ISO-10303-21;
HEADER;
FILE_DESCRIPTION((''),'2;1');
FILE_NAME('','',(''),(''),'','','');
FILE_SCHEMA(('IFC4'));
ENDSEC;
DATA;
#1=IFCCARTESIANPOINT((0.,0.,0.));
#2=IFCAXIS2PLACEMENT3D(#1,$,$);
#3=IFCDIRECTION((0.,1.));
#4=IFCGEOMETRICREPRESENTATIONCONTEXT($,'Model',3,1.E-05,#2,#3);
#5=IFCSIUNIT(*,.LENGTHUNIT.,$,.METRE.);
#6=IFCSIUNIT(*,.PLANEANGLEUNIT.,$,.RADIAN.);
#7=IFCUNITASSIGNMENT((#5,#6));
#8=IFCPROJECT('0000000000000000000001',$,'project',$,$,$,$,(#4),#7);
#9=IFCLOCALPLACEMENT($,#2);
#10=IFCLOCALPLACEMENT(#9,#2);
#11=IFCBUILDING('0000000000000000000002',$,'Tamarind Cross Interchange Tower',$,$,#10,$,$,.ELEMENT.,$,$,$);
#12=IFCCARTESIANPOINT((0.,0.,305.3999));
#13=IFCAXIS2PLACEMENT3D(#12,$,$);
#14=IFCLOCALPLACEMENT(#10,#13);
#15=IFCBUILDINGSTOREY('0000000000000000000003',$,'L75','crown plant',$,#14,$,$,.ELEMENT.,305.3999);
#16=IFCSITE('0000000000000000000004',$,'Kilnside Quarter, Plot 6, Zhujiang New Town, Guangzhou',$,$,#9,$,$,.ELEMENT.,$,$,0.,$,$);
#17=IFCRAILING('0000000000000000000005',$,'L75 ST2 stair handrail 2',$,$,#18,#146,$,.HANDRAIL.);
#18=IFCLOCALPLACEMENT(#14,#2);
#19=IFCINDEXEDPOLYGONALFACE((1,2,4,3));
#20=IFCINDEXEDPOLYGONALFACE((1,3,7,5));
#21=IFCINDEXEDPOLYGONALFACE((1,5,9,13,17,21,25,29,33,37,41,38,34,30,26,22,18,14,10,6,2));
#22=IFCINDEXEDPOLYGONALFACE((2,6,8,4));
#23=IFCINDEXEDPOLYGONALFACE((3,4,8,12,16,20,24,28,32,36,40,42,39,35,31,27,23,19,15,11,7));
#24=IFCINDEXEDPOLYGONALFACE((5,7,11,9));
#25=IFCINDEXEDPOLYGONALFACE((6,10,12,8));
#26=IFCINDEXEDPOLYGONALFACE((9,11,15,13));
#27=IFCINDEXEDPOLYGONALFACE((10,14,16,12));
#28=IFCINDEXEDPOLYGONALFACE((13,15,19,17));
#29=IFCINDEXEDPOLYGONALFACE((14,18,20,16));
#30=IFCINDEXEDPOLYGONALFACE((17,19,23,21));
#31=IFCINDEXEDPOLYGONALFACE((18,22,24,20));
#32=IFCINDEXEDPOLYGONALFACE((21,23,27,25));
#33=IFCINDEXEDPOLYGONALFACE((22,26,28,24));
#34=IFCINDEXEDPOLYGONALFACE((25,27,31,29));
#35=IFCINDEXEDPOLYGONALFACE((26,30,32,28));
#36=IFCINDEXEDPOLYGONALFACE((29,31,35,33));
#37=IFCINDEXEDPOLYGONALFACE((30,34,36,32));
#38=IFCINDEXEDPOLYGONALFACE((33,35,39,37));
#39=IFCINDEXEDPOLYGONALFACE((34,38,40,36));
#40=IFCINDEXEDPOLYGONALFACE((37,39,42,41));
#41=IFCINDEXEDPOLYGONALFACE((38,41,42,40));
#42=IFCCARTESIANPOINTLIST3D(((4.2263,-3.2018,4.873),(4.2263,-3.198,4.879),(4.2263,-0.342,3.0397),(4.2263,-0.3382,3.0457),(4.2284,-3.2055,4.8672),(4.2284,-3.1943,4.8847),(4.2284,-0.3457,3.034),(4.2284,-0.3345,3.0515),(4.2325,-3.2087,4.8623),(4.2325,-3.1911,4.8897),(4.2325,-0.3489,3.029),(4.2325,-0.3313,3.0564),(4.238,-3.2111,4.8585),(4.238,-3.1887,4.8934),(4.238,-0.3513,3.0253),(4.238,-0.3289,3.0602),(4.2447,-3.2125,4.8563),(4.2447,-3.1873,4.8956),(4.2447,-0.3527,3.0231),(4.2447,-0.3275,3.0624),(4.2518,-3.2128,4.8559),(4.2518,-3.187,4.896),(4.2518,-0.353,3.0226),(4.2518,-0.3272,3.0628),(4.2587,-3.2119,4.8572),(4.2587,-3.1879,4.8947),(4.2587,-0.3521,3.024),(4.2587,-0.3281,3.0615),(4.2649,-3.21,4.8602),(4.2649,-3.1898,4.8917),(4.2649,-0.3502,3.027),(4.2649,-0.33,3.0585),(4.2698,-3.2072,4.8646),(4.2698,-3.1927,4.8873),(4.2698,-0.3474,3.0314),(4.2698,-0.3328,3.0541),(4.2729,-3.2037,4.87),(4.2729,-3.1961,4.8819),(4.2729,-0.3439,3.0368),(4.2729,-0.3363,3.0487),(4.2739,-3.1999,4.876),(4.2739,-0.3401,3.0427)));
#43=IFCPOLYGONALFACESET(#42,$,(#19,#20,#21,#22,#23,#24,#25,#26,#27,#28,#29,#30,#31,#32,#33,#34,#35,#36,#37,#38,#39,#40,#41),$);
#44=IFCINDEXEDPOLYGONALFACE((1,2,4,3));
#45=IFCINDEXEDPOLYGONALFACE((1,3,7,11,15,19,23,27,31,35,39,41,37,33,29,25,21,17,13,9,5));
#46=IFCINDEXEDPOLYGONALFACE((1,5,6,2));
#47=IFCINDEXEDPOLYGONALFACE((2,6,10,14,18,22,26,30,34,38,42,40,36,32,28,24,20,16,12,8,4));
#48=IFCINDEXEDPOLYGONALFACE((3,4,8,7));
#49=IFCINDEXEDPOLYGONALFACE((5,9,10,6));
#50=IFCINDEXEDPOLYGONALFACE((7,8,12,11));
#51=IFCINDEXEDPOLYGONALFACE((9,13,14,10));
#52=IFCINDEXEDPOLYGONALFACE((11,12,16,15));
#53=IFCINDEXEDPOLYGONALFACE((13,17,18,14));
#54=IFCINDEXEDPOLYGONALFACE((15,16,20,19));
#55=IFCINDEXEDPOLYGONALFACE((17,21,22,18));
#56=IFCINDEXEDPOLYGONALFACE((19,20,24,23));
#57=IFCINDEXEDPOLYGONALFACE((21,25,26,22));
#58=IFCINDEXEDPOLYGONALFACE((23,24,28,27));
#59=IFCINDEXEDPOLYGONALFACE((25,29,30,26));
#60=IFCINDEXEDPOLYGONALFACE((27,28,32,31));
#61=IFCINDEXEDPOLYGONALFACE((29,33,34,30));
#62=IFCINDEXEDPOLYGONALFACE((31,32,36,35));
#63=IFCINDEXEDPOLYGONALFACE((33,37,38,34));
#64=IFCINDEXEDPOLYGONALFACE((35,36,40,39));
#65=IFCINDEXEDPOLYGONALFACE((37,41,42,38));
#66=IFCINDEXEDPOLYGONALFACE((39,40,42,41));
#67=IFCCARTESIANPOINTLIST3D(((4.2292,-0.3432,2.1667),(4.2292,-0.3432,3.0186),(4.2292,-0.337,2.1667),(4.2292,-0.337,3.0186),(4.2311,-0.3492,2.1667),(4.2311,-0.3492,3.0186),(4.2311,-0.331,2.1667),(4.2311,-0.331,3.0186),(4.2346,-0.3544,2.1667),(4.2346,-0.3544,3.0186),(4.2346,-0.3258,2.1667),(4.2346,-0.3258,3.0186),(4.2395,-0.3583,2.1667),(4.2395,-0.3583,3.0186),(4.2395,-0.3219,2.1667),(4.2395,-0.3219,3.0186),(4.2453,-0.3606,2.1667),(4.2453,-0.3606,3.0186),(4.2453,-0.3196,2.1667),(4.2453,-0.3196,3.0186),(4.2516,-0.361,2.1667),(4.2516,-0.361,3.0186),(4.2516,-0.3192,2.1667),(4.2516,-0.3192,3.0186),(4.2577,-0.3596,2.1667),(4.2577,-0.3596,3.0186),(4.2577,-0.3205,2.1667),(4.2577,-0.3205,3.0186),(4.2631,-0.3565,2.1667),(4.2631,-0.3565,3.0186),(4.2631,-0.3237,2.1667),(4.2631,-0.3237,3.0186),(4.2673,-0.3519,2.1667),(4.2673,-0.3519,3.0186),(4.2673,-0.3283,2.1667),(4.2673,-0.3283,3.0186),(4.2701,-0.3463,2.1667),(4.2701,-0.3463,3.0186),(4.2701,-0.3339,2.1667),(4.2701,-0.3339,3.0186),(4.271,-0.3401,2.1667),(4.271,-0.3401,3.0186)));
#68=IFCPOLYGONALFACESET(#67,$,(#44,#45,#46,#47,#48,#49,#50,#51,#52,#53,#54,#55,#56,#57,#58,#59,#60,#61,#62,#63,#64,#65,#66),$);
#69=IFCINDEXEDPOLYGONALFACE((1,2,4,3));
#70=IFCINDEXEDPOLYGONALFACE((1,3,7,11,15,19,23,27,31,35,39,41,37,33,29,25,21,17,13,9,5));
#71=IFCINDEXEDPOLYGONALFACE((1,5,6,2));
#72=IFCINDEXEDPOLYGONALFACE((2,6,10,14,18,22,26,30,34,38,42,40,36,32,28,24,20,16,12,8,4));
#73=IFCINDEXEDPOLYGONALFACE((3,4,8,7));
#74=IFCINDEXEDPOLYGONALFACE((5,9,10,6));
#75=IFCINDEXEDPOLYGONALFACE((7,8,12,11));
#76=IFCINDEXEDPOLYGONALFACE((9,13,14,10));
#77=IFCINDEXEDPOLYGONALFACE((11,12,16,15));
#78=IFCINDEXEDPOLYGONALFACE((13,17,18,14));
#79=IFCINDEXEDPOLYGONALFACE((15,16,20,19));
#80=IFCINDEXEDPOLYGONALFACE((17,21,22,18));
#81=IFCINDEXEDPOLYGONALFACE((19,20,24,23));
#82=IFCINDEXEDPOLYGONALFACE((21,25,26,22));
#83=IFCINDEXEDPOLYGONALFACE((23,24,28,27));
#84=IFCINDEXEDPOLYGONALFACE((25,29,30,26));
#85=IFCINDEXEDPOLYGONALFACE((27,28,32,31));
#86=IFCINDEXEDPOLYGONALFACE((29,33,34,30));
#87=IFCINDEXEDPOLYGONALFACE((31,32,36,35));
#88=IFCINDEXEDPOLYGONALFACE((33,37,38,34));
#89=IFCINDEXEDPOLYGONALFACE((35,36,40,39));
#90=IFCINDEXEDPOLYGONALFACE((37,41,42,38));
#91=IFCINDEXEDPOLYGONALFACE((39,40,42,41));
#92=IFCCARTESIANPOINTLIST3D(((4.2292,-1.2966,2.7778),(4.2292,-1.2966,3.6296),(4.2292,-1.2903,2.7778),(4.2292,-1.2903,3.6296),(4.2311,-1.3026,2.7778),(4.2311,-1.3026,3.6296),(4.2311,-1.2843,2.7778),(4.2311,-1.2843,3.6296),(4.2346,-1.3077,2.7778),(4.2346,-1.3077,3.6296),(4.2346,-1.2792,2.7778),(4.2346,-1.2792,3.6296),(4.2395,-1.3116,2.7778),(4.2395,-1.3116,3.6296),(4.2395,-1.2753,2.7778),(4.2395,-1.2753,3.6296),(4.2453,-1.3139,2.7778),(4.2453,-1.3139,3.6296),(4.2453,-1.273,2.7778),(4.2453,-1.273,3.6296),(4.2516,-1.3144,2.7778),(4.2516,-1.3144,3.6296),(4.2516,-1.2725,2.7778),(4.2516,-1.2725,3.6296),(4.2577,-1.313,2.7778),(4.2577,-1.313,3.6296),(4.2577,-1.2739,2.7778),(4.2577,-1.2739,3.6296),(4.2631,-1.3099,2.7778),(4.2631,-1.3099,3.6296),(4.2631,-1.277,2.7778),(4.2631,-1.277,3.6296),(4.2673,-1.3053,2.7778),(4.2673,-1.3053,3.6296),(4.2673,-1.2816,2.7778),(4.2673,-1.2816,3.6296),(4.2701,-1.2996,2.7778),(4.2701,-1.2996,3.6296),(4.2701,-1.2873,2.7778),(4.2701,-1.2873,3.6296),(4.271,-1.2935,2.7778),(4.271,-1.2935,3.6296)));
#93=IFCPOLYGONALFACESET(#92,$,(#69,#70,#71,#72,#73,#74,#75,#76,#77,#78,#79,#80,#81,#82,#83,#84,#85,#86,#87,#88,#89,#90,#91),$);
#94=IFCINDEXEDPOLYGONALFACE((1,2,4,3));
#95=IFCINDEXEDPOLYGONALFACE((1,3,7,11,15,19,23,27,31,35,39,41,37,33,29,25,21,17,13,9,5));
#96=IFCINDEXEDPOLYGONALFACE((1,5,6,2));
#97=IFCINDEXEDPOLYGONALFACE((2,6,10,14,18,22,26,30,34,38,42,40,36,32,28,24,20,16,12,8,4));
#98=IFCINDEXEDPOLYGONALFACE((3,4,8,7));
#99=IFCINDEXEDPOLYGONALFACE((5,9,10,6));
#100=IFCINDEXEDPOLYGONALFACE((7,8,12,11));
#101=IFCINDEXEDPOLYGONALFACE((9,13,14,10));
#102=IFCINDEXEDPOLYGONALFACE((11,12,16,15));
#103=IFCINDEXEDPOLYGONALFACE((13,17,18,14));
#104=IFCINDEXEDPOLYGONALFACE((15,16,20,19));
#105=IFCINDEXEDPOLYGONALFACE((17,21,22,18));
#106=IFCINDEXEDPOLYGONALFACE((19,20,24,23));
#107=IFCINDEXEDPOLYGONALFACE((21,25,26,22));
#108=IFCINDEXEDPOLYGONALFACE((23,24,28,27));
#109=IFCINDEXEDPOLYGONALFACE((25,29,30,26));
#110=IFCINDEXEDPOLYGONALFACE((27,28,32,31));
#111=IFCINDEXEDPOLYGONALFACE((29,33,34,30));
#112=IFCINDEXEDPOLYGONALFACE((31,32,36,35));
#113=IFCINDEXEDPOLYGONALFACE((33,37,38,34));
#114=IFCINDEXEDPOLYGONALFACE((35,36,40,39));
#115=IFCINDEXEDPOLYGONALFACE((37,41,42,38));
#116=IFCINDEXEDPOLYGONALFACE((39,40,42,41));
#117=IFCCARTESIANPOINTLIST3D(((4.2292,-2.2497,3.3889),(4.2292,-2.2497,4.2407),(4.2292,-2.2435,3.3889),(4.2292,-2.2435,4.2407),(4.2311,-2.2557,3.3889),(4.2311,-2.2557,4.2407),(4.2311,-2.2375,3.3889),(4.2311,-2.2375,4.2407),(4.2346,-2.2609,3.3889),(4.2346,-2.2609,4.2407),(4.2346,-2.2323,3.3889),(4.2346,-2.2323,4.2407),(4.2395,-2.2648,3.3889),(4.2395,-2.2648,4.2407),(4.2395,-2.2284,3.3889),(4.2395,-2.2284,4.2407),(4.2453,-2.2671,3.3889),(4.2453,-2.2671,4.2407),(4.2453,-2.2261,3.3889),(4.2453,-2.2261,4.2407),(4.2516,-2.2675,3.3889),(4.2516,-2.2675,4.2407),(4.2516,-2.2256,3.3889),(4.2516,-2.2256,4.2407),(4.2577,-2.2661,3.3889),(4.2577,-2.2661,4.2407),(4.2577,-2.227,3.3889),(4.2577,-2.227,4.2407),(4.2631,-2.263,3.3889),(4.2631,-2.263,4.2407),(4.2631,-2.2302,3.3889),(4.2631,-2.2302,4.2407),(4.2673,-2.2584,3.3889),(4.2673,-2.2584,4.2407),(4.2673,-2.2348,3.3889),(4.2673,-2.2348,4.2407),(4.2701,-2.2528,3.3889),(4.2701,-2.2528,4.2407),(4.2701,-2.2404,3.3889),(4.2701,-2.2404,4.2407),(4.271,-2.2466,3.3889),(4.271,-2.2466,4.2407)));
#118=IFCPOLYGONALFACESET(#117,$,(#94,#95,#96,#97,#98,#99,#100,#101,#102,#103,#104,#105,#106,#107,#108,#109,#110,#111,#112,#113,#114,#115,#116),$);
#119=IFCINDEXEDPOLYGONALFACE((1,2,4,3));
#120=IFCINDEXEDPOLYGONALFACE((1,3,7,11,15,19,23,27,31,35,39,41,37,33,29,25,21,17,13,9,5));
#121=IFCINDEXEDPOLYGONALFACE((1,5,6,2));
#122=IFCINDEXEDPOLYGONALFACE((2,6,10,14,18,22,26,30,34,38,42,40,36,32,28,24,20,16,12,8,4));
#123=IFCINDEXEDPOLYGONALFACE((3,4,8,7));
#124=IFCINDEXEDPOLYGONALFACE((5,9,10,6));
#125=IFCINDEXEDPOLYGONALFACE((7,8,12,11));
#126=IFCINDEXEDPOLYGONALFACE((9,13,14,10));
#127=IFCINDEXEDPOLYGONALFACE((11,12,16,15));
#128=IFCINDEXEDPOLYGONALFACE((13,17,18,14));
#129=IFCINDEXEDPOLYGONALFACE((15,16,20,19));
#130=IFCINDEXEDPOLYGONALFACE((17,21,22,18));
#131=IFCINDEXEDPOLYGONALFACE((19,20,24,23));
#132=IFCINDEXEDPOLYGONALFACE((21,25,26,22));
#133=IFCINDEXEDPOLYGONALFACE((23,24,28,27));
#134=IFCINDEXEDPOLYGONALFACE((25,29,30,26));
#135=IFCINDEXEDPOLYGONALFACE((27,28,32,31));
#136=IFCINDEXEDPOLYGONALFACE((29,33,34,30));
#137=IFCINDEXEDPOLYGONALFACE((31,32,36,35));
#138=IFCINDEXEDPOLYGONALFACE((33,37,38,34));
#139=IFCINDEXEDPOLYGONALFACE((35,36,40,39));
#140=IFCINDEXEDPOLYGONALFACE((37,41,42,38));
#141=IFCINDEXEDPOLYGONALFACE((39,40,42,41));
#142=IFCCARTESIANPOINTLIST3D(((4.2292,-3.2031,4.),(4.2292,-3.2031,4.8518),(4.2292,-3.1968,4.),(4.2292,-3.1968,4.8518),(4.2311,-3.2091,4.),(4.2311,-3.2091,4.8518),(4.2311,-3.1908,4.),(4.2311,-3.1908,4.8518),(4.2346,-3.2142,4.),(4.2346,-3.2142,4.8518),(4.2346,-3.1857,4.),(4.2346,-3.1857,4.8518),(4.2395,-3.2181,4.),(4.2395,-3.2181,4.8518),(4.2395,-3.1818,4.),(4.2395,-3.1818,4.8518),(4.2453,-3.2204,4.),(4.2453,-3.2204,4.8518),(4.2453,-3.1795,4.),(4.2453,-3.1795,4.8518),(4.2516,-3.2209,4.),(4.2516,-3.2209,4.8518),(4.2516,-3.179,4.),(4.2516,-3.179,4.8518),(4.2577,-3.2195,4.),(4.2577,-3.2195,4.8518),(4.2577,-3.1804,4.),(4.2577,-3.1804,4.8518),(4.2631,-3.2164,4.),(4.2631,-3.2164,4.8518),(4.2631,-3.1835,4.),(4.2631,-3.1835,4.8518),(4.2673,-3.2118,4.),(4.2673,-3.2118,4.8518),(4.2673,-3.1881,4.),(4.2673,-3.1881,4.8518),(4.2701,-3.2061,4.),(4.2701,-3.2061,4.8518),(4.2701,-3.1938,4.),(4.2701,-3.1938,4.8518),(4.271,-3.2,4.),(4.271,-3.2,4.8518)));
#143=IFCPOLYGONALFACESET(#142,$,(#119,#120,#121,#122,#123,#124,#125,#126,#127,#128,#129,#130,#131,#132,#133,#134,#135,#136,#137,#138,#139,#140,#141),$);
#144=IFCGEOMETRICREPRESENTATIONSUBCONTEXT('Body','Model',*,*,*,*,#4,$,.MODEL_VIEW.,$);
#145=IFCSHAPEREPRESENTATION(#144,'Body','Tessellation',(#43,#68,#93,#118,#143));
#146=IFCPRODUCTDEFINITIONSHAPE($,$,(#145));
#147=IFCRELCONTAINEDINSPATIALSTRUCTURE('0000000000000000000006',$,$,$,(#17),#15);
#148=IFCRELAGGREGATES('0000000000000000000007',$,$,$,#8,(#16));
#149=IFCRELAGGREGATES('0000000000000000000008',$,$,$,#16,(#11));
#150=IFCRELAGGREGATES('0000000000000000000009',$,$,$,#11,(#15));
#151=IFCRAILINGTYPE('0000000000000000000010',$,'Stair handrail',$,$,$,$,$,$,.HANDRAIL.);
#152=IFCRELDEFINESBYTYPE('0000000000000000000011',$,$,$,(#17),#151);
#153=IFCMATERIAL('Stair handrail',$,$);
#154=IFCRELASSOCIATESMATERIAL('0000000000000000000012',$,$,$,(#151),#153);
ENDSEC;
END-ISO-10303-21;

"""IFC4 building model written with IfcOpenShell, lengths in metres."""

from ifc_helpers import new_model, si_unit, direction, frame, origin, origin_2d, place, context, subcontext, project, spatial, circle, extrude, material, type_object, element, save


model = new_model("IFC4")

# Units and contexts
model_context = context("Model", 3, precision=1e-05, world=origin(), true_north=direction((0.0, 1.0)))
body_context = subcontext(model_context, "Body", "Model", "MODEL_VIEW")
ifc_project = project(units=[si_unit("LENGTHUNIT", "METRE"), si_unit("PLANEANGLEUNIT", "RADIAN")], contexts=[model_context])

# Site, building, storey
site_placement = place(None, origin())
site = spatial("IfcSite", under=ifc_project, at=site_placement, Name="Kilnside Quarter, Plot 6, Zhujiang New Town, Guangzhou", CompositionType="ELEMENT", RefElevation=0.0)
building_placement = place(site_placement, origin())
building = spatial("IfcBuilding", under=site, at=building_placement, Name="Tamarind Cross Interchange Tower", CompositionType="ELEMENT")
storey_placement = place(building_placement, frame((0.0, 0.0, 305.3999)))
storey = spatial("IfcBuildingStorey", under=building, at=storey_placement, Name="L75", Description="crown plant", CompositionType="ELEMENT", Elevation=305.3999)

# Railing
ifc_material_1 = material(Name="Stair handrail")
railing_type_1 = type_object("IfcRailingType", Name="Stair handrail", PredefinedType="HANDRAIL", material=ifc_material_1)
railing_1_placement = place(storey_placement, frame((4.25, -0.3401, 2.1667)))
element("IfcRailing", 1, at=railing_1_placement, inside=storey, type_object=railing_type_1, Name="L75 ST2 stair handrail 2", PredefinedType="HANDRAIL", context=body_context, shape_type="SweptSolid", body=[
    extrude(circle(Radius=0.0239, at=origin_2d()), frame((0.0, 0.0, 0.876), z_axis=(0.0, -0.841878, 0.539667), x_axis=(1.0, 0.0, 0.0)), (0.0, 0.0, 1.0), 3.397),
    extrude(circle(Radius=0.021, at=origin_2d()), origin(), (0.0, 0.0, 1.0), 0.8518),
    extrude(circle(Radius=0.021, at=origin_2d()), frame((0.0, -0.9534, 0.6111)), (0.0, 0.0, 1.0), 0.8518),
    extrude(circle(Radius=0.021, at=origin_2d()), frame((0.0, -1.9065, 1.2222)), (0.0, 0.0, 1.0), 0.8518),
    extrude(circle(Radius=0.021, at=origin_2d()), frame((0.0, -2.8599, 1.8333)), (0.0, 0.0, 1.0), 0.8518),
])

save(model, "model.ifc")
